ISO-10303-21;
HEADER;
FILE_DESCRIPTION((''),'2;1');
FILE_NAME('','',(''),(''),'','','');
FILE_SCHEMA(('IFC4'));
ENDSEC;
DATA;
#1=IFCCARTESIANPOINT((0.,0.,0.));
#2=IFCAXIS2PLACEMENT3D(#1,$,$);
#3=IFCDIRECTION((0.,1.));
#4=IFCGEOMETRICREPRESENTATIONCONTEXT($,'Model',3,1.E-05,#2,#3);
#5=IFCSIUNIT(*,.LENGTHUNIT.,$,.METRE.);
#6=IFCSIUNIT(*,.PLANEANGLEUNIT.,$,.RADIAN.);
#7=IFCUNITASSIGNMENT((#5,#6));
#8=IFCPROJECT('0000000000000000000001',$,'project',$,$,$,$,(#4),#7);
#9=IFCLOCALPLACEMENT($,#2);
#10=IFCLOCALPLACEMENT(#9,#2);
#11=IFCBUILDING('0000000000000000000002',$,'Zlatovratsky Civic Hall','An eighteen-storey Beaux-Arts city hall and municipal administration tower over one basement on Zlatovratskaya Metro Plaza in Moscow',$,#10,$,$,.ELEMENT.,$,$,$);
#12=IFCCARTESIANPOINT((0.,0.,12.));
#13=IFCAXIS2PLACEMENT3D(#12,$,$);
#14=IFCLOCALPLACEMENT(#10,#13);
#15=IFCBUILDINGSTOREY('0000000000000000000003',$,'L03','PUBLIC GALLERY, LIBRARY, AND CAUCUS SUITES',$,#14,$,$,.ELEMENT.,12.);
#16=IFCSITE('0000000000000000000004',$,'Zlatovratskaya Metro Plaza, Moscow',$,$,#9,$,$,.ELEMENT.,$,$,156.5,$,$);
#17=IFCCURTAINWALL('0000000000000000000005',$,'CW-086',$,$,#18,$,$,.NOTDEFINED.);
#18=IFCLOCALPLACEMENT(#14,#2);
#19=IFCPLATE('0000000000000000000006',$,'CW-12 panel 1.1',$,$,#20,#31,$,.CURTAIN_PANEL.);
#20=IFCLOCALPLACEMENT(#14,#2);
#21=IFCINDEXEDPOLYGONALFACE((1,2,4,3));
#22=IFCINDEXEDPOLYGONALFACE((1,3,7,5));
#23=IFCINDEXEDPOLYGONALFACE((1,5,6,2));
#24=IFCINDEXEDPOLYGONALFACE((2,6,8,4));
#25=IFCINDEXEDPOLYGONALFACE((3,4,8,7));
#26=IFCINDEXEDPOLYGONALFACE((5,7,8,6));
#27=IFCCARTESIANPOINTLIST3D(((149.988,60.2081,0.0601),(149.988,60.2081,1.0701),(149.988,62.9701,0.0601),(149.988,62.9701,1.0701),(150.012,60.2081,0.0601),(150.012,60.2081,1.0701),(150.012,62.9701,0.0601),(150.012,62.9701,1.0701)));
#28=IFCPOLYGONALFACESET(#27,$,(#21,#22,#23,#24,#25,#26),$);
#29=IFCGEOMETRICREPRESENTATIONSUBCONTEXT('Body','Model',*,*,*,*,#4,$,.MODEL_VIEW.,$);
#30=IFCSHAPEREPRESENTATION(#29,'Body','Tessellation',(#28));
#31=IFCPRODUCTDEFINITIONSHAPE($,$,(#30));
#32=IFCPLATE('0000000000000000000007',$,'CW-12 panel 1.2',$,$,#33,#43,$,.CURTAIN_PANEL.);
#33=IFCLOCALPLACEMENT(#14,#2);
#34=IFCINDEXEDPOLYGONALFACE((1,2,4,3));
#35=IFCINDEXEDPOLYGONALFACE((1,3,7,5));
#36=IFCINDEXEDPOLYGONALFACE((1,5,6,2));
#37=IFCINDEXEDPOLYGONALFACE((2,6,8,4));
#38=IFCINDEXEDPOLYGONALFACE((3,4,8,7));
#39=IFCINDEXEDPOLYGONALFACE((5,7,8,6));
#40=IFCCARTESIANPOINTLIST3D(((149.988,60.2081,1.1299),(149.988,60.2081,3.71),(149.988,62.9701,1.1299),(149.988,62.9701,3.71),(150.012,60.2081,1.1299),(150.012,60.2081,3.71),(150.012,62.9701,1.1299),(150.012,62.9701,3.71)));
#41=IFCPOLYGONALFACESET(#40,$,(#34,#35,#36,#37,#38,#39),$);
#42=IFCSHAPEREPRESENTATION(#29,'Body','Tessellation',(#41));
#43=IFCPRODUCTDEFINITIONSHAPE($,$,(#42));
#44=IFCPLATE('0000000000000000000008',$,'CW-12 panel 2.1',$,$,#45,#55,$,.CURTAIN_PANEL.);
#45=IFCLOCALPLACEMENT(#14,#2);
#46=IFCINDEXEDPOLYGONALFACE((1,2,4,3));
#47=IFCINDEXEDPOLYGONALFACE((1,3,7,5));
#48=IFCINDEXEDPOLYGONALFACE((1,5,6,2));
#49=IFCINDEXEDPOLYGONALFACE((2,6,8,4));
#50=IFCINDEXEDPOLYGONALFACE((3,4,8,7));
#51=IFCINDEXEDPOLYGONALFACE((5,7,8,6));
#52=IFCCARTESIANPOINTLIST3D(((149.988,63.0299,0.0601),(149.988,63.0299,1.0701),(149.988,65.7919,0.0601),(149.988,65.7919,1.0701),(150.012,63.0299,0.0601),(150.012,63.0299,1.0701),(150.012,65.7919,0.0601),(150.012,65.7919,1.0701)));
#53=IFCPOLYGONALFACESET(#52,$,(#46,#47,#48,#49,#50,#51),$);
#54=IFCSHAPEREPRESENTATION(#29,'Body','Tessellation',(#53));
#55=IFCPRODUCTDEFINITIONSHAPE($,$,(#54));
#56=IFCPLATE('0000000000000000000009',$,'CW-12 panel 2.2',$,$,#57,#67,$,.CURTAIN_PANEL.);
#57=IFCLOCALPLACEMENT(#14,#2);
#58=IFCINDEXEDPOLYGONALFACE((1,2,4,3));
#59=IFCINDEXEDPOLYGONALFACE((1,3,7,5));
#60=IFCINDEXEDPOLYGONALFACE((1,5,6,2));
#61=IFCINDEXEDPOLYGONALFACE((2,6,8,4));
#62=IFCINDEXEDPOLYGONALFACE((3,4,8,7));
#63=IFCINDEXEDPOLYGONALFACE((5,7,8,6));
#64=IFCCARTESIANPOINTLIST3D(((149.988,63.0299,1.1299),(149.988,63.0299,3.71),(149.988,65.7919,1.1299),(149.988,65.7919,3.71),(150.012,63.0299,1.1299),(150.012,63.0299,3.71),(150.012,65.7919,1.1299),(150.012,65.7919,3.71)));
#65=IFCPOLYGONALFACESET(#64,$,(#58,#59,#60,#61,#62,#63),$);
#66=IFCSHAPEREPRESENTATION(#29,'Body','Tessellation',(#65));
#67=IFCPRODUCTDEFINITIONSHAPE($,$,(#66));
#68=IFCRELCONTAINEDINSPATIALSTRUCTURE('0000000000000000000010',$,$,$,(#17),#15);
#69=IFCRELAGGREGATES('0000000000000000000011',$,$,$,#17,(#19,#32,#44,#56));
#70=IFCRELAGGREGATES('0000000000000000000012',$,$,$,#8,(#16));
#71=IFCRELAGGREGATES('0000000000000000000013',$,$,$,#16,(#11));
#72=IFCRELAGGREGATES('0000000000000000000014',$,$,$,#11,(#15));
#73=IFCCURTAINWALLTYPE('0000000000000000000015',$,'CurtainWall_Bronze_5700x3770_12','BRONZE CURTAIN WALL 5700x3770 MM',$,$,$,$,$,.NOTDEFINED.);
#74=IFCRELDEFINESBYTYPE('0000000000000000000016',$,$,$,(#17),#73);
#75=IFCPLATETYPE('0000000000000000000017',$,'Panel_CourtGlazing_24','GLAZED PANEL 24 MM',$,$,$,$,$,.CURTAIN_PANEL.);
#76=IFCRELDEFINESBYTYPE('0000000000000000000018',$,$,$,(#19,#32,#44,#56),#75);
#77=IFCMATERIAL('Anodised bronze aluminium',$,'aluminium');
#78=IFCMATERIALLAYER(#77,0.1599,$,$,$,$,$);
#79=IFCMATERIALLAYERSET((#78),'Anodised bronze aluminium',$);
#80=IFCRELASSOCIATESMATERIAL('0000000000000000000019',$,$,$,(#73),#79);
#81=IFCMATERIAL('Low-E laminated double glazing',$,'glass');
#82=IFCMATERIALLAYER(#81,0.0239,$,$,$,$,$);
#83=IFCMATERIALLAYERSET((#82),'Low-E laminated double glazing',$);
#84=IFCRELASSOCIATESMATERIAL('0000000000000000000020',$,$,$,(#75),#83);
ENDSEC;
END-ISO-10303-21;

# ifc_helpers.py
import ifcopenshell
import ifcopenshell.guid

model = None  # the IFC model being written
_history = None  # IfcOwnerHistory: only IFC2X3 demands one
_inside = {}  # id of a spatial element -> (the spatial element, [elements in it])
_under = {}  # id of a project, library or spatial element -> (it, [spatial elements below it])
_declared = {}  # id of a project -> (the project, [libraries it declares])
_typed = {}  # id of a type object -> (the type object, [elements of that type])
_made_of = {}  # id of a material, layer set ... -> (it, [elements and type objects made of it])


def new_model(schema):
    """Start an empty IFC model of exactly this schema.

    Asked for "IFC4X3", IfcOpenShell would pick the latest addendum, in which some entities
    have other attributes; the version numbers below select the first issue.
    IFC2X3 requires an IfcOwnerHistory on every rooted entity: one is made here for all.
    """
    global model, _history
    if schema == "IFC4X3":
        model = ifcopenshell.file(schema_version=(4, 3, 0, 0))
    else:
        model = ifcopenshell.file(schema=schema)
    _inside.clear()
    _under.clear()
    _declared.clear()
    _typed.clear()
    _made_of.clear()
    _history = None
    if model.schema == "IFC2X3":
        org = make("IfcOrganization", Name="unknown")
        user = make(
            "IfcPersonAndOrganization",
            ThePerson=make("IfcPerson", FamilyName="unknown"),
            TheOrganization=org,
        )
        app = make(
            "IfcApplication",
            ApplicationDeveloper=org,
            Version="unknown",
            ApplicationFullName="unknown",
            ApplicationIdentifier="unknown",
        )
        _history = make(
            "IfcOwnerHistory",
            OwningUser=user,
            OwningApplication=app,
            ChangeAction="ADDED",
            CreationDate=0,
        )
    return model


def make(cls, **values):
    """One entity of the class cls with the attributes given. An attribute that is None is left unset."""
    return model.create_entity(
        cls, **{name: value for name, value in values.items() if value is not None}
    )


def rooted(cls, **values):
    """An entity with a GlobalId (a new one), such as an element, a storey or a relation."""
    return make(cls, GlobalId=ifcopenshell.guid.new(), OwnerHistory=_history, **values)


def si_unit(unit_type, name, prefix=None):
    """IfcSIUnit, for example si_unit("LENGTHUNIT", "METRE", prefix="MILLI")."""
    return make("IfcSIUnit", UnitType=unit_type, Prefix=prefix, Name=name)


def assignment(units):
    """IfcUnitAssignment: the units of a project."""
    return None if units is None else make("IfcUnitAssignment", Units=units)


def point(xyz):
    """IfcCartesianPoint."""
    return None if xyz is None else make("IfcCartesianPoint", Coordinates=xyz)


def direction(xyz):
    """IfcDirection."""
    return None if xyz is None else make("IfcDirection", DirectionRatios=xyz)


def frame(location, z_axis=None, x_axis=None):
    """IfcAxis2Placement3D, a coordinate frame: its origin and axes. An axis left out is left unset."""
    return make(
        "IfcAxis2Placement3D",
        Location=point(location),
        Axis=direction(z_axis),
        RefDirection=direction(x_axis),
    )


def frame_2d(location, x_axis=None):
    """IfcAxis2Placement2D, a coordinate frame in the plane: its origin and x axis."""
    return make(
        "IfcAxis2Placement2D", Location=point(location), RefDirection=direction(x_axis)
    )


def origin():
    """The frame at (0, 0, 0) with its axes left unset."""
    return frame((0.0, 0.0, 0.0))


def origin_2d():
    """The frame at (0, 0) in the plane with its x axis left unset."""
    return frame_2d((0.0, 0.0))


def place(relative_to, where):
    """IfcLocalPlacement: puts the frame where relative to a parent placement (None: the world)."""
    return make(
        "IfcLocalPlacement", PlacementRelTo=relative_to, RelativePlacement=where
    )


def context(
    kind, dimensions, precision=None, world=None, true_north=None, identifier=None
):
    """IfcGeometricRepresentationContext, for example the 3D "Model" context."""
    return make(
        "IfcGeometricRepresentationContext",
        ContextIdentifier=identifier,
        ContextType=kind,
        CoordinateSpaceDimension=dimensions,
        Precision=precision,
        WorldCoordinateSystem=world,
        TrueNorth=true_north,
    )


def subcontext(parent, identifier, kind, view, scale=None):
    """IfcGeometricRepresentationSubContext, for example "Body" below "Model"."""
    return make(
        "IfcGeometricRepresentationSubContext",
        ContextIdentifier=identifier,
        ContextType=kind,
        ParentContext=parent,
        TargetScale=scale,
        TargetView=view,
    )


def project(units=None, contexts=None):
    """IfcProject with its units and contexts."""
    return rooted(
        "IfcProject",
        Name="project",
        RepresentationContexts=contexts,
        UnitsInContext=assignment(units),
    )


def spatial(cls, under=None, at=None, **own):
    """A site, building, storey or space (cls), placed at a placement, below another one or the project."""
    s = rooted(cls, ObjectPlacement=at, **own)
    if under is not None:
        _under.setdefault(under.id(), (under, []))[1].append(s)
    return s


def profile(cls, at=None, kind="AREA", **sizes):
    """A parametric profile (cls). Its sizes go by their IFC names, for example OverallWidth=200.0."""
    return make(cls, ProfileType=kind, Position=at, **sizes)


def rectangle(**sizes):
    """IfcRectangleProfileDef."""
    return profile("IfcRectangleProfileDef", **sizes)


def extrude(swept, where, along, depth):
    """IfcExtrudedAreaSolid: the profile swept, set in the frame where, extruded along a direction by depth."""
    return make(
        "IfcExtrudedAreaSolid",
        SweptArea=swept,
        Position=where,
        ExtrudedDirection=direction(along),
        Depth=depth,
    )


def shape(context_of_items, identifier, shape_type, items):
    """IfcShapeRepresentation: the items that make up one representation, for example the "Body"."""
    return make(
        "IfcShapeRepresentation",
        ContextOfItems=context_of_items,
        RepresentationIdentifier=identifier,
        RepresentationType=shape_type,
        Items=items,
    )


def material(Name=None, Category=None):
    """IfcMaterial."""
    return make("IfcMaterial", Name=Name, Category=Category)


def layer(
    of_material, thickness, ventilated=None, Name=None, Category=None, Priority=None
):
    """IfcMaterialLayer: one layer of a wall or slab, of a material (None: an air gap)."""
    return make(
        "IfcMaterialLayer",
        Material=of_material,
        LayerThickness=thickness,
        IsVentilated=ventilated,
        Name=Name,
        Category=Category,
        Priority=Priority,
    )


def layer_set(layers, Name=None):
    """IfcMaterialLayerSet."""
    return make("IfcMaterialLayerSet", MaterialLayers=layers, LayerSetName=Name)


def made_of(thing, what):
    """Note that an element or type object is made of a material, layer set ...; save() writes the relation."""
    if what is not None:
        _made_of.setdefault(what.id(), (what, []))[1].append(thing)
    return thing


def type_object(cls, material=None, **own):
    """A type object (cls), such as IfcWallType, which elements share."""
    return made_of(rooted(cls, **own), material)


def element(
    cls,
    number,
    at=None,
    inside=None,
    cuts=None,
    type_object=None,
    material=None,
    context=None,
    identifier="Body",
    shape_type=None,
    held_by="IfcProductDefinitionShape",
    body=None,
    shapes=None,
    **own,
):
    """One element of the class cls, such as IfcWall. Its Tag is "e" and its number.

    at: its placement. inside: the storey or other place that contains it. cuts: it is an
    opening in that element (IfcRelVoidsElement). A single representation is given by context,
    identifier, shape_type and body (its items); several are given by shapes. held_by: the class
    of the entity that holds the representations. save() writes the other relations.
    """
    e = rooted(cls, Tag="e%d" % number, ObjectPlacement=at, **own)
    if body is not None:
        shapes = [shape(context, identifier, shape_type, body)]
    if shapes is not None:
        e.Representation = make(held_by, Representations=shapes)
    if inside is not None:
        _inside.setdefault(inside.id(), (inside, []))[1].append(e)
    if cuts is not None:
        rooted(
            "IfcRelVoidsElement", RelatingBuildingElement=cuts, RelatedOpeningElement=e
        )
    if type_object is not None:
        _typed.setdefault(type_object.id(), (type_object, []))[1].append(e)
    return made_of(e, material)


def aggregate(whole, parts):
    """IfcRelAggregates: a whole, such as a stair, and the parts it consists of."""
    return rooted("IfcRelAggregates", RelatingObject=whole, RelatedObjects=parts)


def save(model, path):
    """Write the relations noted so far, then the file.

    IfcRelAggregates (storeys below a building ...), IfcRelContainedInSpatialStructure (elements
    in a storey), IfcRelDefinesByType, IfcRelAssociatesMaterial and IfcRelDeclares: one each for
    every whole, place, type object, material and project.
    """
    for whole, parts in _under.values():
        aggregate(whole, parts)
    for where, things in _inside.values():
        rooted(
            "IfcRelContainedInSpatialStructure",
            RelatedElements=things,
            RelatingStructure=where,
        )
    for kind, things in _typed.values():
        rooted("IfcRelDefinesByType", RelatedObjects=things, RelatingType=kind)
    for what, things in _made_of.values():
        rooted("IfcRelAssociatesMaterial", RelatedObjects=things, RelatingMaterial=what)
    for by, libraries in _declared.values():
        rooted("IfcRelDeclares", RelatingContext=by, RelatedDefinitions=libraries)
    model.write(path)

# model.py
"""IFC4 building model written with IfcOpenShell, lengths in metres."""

from ifc_helpers import new_model, si_unit, direction, frame, origin, origin_2d, place, context, subcontext, project, spatial, rectangle, extrude, material, layer, layer_set, type_object, element, aggregate, save


model = new_model("IFC4")

# Units and contexts
model_context = context("Model", 3, precision=1e-05, world=origin(), true_north=direction((0.0, 1.0)))
body_context = subcontext(model_context, "Body", "Model", "MODEL_VIEW")
ifc_project = project(units=[si_unit("LENGTHUNIT", "METRE"), si_unit("PLANEANGLEUNIT", "RADIAN")], contexts=[model_context])

# Site, building, storey
site_placement = place(None, origin())
site = spatial("IfcSite", under=ifc_project, at=site_placement, Name="Zlatovratskaya Metro Plaza, Moscow", CompositionType="ELEMENT", RefElevation=156.5)
building_placement = place(site_placement, origin())
building = spatial("IfcBuilding", under=site, at=building_placement, Name="Zlatovratsky Civic Hall", Description="An eighteen-storey Beaux-Arts city hall and municipal administration tower over one basement on Zlatovratskaya Metro Plaza in Moscow", CompositionType="ELEMENT")
storey_placement = place(building_placement, frame((0.0, 0.0, 12.0)))
storey = spatial("IfcBuildingStorey", under=building, at=storey_placement, Name="L03", Description="PUBLIC GALLERY, LIBRARY, AND CAUCUS SUITES", CompositionType="ELEMENT", Elevation=12.0)

# Curtain wall
ifc_material_1 = material(Name="Anodised bronze aluminium", Category="aluminium")
ifc_layer_1 = layer(ifc_material_1, 0.1599)
ifc_layer_set_1 = layer_set([ifc_layer_1], Name="Anodised bronze aluminium")
curtain_wall_type = type_object("IfcCurtainWallType", Name="CurtainWall_Bronze_5700x3770_12", Description="BRONZE CURTAIN WALL 5700x3770 MM", PredefinedType="NOTDEFINED", material=ifc_layer_set_1)
curtain_wall_1_placement = place(storey_placement, origin())
curtain_wall_1 = element("IfcCurtainWall", 1, at=curtain_wall_1_placement, inside=storey, type_object=curtain_wall_type, Name="CW-086", PredefinedType="NOTDEFINED")

# Plates
ifc_material_2 = material(Name="Low-E laminated double glazing", Category="glass")
ifc_layer_2 = layer(ifc_material_2, 0.0239)
ifc_layer_set_2 = layer_set([ifc_layer_2], Name="Low-E laminated double glazing")
plate_type = type_object("IfcPlateType", Name="Panel_CourtGlazing_24", Description="GLAZED PANEL 24 MM", PredefinedType="CURTAIN_PANEL", material=ifc_layer_set_2)
plate_1_placement = place(storey_placement, frame((150.0, 61.5891, 0.0601), z_axis=(0.0, 0.0, 1.0), x_axis=(0.0, 1.0, 0.0)))
plate_1 = element("IfcPlate", 2, at=plate_1_placement, type_object=plate_type, Name="CW-12 panel 1.1", PredefinedType="CURTAIN_PANEL", context=body_context, shape_type="SweptSolid", body=[
    extrude(rectangle(XDim=2.762, YDim=0.0239, at=origin_2d()), origin(), (0.0, 0.0, 1.0), 1.01),
])
plate_2_placement = place(storey_placement, frame((150.0, 61.5891, 1.1299), z_axis=(0.0, 0.0, 1.0), x_axis=(0.0, 1.0, 0.0)))
plate_2 = element("IfcPlate", 3, at=plate_2_placement, type_object=plate_type, Name="CW-12 panel 1.2", PredefinedType="CURTAIN_PANEL", context=body_context, shape_type="SweptSolid", body=[
    extrude(rectangle(XDim=2.762, YDim=0.0239, at=origin_2d()), origin(), (0.0, 0.0, 1.0), 2.5801),
])
plate_3_placement = place(storey_placement, frame((150.0, 64.4109, 0.0601), z_axis=(0.0, 0.0, 1.0), x_axis=(0.0, 1.0, 0.0)))
plate_3 = element("IfcPlate", 4, at=plate_3_placement, type_object=plate_type, Name="CW-12 panel 2.1", PredefinedType="CURTAIN_PANEL", context=body_context, shape_type="SweptSolid", body=[
    extrude(rectangle(XDim=2.762, YDim=0.0239, at=origin_2d()), origin(), (0.0, 0.0, 1.0), 1.01),
])
plate_4_placement = place(storey_placement, frame((150.0, 64.4109, 1.1299), z_axis=(0.0, 0.0, 1.0), x_axis=(0.0, 1.0, 0.0)))
plate_4 = element("IfcPlate", 5, at=plate_4_placement, type_object=plate_type, Name="CW-12 panel 2.2", PredefinedType="CURTAIN_PANEL", context=body_context, shape_type="SweptSolid", body=[
    extrude(rectangle(XDim=2.762, YDim=0.0239, at=origin_2d()), origin(), (0.0, 0.0, 1.0), 2.5801),
])
aggregate(curtain_wall_1, [plate_1, plate_2, plate_3, plate_4])

save(model, "model.ifc")
